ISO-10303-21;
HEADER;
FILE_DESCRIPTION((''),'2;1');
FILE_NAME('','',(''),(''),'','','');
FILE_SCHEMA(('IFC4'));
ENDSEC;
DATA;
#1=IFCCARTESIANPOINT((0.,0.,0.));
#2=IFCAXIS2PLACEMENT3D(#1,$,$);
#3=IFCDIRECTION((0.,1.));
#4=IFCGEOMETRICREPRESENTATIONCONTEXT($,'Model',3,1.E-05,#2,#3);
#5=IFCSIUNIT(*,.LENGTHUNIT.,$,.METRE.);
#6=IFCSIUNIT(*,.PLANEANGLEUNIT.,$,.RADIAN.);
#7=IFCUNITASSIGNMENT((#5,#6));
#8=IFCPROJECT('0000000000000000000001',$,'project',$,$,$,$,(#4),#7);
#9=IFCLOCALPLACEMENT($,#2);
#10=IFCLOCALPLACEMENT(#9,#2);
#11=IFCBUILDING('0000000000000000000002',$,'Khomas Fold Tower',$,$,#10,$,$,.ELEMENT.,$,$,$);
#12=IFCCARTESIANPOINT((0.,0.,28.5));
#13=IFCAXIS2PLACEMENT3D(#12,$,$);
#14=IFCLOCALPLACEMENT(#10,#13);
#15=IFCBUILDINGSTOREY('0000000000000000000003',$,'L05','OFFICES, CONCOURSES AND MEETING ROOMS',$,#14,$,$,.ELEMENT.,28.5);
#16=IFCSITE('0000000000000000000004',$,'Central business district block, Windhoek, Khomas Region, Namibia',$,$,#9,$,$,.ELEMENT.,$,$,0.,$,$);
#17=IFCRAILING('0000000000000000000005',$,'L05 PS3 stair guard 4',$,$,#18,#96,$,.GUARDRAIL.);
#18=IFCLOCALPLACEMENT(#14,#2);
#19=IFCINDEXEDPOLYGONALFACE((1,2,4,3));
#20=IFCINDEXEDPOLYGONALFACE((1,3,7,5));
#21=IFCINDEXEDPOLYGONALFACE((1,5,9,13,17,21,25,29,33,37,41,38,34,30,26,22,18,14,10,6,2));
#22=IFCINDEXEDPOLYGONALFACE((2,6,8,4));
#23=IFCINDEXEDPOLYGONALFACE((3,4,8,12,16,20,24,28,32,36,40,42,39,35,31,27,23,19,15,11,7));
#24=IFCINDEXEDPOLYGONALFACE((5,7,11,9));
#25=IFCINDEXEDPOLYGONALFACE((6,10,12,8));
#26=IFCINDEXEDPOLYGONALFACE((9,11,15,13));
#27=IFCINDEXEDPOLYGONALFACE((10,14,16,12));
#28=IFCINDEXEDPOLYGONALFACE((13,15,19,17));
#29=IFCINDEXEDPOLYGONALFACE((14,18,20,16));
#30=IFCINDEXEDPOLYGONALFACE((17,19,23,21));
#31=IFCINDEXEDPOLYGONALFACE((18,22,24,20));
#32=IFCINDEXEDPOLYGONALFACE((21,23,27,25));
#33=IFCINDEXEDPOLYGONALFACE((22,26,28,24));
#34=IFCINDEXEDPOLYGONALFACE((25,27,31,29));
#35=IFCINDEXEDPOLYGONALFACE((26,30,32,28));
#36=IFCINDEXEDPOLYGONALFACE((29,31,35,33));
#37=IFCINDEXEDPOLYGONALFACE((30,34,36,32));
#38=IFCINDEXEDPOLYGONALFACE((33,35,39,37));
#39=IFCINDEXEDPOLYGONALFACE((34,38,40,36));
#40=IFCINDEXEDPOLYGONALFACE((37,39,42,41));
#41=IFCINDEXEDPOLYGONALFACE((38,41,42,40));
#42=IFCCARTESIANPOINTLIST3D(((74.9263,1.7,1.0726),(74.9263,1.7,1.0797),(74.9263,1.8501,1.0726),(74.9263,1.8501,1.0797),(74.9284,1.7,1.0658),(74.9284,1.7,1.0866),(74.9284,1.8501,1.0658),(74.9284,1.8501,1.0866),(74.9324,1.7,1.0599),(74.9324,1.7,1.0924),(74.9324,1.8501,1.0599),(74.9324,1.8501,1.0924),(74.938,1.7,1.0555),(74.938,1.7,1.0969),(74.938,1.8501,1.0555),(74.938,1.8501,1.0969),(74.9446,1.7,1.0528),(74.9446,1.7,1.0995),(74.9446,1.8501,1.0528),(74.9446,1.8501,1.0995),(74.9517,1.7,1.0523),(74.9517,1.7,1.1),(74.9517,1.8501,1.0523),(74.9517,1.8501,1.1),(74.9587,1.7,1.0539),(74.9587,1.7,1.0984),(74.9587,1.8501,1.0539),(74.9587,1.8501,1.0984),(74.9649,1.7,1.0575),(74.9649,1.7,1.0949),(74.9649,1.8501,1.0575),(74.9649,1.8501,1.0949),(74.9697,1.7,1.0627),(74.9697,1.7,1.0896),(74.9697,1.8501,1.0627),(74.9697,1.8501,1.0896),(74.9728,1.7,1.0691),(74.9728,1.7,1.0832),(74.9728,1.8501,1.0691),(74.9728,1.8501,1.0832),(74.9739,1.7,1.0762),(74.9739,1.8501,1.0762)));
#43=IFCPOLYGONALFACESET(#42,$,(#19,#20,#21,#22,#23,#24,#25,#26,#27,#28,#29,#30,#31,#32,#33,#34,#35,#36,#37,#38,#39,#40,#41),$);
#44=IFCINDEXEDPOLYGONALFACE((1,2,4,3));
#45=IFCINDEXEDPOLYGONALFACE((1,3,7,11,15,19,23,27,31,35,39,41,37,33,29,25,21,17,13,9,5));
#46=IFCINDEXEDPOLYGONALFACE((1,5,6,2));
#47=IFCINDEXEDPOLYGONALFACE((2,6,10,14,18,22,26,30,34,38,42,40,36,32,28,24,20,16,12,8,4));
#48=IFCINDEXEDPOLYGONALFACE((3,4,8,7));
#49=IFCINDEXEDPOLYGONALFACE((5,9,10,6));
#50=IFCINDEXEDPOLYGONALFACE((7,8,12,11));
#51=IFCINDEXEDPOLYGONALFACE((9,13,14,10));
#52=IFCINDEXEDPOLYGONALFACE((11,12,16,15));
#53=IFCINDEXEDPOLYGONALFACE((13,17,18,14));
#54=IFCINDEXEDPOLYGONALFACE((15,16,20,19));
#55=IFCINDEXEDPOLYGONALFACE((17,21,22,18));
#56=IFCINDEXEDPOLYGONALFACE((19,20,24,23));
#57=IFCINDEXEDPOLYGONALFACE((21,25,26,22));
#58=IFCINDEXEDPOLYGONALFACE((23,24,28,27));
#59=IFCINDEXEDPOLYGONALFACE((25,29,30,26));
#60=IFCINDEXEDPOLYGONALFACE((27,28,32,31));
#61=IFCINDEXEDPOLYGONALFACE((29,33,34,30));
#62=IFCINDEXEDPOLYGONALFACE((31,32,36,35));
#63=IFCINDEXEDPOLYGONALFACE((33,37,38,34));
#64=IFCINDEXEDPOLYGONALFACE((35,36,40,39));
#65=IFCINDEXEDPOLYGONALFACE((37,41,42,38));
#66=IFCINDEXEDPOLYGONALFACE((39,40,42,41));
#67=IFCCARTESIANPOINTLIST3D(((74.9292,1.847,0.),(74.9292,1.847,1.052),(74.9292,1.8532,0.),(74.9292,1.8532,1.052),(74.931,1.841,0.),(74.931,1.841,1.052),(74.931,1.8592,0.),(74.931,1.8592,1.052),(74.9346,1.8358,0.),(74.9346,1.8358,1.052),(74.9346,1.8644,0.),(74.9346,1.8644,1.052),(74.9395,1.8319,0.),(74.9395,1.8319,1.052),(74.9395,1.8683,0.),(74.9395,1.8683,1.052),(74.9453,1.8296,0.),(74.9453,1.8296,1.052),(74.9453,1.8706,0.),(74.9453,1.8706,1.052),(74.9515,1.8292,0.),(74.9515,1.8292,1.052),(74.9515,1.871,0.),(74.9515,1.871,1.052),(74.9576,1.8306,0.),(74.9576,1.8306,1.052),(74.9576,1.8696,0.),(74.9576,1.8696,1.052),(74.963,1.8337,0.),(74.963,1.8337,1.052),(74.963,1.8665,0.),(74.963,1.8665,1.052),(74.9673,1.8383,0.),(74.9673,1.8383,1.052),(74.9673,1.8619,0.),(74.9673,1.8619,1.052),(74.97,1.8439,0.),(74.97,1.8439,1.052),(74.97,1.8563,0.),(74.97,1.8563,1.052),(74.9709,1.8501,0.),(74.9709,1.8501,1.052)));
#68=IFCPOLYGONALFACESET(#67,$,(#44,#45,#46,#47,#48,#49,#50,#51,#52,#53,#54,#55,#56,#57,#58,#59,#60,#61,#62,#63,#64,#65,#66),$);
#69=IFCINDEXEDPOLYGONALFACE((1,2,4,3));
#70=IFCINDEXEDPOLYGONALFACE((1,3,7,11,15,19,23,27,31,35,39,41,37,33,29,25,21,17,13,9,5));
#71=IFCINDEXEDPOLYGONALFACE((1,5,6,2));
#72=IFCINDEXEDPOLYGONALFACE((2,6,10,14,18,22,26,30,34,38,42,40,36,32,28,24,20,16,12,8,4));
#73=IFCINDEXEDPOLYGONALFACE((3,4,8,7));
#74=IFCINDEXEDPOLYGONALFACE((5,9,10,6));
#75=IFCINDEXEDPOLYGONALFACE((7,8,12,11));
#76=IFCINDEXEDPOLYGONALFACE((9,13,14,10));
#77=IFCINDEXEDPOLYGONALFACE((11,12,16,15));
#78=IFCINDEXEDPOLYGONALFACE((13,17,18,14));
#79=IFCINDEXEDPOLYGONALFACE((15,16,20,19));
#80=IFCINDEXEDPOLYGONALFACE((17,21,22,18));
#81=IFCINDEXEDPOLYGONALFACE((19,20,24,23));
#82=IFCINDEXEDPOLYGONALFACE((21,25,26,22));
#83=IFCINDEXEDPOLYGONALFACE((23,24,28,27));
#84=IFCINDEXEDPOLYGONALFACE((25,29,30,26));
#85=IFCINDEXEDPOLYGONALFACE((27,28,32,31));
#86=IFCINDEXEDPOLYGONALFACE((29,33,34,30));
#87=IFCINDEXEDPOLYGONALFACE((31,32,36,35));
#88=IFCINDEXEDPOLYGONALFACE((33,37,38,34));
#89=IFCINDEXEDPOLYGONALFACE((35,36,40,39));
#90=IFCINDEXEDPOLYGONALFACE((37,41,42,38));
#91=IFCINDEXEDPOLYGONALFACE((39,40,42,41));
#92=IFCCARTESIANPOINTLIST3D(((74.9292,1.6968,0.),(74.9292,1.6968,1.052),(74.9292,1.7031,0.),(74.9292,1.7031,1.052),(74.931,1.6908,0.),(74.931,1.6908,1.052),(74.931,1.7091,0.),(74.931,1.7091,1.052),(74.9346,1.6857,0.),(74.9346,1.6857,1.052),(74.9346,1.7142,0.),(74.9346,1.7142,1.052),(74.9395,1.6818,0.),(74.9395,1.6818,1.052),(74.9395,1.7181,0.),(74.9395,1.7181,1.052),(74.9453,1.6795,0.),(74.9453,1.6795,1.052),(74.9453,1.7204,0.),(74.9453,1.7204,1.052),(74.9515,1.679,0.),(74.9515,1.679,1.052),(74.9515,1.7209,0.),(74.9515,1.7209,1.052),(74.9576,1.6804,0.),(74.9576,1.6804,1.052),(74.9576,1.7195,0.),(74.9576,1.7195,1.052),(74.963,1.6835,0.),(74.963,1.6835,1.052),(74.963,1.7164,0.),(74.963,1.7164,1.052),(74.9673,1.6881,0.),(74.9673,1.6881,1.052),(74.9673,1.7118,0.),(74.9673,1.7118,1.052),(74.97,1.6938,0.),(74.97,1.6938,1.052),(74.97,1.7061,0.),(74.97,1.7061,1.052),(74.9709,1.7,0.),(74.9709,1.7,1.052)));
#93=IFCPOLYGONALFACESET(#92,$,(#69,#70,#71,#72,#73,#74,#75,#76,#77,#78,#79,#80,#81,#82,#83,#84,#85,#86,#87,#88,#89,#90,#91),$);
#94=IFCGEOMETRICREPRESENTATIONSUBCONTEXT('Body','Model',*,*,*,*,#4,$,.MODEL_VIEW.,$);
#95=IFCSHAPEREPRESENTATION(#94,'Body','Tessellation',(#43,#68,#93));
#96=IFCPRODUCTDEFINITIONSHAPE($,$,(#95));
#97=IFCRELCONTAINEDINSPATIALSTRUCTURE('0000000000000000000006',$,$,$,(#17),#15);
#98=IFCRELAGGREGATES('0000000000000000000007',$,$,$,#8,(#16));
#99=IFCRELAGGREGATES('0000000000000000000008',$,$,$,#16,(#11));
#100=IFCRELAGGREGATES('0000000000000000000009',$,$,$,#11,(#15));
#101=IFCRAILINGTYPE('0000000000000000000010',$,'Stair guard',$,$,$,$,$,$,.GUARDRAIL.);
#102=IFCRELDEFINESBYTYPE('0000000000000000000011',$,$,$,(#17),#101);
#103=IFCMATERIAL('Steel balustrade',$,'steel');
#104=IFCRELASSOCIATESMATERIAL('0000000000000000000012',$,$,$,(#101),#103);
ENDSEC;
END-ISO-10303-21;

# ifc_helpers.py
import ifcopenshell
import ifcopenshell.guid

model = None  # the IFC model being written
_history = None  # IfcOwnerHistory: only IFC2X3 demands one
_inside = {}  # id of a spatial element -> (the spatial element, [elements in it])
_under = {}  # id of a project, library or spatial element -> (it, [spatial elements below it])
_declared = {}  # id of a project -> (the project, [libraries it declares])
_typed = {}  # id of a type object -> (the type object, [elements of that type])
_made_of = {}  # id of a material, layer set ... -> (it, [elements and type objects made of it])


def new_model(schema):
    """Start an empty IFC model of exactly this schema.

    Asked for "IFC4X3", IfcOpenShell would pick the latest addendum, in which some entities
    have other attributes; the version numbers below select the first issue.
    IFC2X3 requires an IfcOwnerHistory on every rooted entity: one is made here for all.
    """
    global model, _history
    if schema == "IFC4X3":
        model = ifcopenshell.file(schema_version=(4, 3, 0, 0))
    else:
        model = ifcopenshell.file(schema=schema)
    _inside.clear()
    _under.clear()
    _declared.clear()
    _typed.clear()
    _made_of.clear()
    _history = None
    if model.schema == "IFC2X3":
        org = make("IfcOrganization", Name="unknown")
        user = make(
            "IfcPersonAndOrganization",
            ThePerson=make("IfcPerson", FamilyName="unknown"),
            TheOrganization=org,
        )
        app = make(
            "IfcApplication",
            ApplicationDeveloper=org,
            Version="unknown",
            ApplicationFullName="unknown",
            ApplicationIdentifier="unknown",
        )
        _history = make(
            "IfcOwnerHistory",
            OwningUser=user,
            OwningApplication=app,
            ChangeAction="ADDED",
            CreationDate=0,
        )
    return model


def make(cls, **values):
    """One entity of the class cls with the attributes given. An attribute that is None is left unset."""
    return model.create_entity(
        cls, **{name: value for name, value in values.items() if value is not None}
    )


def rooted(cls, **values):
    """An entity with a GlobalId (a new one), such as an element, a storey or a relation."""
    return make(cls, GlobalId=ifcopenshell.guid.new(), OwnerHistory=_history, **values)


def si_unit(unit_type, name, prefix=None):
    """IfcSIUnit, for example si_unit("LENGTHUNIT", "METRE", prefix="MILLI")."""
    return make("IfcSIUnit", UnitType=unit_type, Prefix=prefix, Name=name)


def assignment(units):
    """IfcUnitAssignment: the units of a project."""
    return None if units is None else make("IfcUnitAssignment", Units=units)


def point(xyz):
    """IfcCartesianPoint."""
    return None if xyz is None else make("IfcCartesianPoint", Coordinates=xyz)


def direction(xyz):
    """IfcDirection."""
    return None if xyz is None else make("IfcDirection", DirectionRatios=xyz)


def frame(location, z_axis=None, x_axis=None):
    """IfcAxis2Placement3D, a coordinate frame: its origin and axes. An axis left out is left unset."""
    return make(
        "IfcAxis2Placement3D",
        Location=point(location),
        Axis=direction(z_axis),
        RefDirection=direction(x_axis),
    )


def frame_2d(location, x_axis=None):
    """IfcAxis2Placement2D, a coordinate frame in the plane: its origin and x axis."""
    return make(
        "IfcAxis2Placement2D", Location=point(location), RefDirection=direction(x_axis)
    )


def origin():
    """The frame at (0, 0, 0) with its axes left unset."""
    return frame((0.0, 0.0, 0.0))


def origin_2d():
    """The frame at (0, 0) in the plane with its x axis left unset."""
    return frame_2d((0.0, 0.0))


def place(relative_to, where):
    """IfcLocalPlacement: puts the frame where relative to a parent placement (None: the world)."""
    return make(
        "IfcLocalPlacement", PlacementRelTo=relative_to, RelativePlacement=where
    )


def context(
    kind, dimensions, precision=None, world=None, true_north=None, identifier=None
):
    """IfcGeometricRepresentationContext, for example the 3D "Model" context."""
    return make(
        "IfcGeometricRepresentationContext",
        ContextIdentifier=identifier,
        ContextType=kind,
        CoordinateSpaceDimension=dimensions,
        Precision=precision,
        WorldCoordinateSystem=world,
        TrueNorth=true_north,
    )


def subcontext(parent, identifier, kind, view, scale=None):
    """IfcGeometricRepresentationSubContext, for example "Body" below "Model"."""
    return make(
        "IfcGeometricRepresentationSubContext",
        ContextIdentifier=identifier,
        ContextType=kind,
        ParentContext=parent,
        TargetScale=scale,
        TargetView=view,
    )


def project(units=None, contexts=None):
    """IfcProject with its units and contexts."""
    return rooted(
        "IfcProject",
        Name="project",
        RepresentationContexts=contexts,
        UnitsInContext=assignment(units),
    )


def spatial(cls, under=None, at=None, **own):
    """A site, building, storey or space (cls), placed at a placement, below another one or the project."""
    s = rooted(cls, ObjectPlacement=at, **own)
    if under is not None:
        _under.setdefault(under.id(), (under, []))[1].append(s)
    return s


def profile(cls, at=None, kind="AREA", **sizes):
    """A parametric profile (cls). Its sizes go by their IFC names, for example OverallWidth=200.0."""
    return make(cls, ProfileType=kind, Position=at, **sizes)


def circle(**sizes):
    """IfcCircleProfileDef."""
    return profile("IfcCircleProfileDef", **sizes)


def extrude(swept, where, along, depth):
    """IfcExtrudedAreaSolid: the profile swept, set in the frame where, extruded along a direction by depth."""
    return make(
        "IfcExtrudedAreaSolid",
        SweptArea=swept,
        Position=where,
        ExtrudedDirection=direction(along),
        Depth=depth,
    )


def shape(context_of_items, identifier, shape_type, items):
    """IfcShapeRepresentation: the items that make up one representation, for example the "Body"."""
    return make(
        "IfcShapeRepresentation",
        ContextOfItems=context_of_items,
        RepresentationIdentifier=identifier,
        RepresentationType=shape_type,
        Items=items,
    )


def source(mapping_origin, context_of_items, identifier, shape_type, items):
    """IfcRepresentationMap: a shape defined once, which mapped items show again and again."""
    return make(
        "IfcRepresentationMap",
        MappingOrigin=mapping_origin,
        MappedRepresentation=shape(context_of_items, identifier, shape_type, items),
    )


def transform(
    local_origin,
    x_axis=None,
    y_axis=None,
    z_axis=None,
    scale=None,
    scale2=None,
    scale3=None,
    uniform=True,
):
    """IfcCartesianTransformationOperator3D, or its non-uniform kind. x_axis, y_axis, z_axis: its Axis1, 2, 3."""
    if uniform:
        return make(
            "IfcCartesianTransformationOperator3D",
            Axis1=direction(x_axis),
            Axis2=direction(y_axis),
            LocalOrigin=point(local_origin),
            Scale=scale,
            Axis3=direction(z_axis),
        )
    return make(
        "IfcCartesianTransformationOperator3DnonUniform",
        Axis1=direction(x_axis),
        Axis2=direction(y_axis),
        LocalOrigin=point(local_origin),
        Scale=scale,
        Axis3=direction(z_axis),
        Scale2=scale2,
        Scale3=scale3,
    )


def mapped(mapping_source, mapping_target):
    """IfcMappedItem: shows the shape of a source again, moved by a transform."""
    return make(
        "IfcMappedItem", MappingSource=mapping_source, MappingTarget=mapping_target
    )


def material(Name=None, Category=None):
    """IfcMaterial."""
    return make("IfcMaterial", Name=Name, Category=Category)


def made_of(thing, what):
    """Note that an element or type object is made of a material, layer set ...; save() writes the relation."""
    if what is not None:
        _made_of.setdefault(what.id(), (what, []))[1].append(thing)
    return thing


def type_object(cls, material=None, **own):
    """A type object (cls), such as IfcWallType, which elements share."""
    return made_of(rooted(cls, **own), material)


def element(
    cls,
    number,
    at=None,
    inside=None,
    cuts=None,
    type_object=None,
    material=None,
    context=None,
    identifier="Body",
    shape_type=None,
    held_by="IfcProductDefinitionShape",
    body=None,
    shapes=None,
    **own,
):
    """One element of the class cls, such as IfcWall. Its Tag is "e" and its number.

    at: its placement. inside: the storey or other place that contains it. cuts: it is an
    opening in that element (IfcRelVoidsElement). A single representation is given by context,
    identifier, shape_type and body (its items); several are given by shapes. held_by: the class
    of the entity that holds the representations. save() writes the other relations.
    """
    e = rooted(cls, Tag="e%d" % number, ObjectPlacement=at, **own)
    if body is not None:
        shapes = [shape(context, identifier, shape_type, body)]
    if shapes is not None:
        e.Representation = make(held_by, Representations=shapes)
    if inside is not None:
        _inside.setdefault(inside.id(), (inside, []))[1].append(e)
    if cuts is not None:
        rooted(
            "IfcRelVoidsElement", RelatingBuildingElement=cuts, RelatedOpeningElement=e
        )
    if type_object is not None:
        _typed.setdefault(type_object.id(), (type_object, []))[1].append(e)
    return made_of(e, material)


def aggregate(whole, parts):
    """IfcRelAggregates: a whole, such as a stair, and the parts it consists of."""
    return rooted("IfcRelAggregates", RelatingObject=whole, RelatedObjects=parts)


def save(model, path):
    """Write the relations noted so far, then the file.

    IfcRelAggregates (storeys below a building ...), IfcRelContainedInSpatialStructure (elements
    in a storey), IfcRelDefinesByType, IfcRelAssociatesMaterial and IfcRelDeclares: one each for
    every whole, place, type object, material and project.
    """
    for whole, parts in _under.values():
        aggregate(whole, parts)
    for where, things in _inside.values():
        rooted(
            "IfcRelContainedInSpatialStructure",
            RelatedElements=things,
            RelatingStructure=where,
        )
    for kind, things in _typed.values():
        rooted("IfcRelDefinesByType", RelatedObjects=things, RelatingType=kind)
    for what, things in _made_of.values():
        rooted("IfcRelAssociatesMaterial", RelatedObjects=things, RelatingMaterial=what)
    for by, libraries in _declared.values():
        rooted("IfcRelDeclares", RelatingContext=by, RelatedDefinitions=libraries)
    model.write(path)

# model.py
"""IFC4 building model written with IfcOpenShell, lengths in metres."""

from ifc_helpers import new_model, si_unit, direction, frame, origin, origin_2d, place, context, subcontext, project, spatial, circle, extrude, source, transform, mapped, material, type_object, element, save


model = new_model("IFC4")

# Units and contexts
model_context = context("Model", 3, precision=1e-05, world=origin(), true_north=direction((0.0, 1.0)))
body_context = subcontext(model_context, "Body", "Model", "MODEL_VIEW")
ifc_project = project(units=[si_unit("LENGTHUNIT", "METRE"), si_unit("PLANEANGLEUNIT", "RADIAN")], contexts=[model_context])

# Site, building, storey
site_placement = place(None, origin())
site = spatial("IfcSite", under=ifc_project, at=site_placement, Name="Central business district block, Windhoek, Khomas Region, Namibia", CompositionType="ELEMENT", RefElevation=0.0)
building_placement = place(site_placement, origin())
building = spatial("IfcBuilding", under=site, at=building_placement, Name="Khomas Fold Tower", CompositionType="ELEMENT")
storey_placement = place(building_placement, frame((0.0, 0.0, 28.5)))
storey = spatial("IfcBuildingStorey", under=building, at=storey_placement, Name="L05", Description="OFFICES, CONCOURSES AND MEETING ROOMS", CompositionType="ELEMENT", Elevation=28.5)

# Railing
ifc_material_1 = material(Name="Steel balustrade", Category="steel")
railing_type_1 = type_object("IfcRailingType", Name="Stair guard", PredefinedType="GUARDRAIL", material=ifc_material_1)
shared_shape_1 = source(origin(), body_context, "Body", "SweptSolid", [
    extrude(circle(Radius=0.0239, at=origin_2d()), frame((0.0, 0.0, 1.0762), z_axis=(0.0, -1.0, 0.0), x_axis=(1.0, 0.0, 0.0)), (0.0, 0.0, 1.0), 0.1501),
    extrude(circle(Radius=0.021, at=origin_2d()), origin(), (0.0, 0.0, 1.0), 1.052),
    extrude(circle(Radius=0.021, at=origin_2d()), frame((0.0, -0.1501, 0.0)), (0.0, 0.0, 1.0), 1.052),
])
for number, where, name in (
    (1, (74.95, 1.8501, 0.0), "L05 PS3 stair guard 4"),
):
    element("IfcRailing", number, at=place(storey_placement, frame(where)), inside=storey, type_object=railing_type_1, Name=name, PredefinedType="GUARDRAIL", context=body_context, shape_type="MappedRepresentation", body=[
        mapped(shared_shape_1, transform((0.0, 0.0, 0.0))),
    ])

save(model, "model.ifc")
